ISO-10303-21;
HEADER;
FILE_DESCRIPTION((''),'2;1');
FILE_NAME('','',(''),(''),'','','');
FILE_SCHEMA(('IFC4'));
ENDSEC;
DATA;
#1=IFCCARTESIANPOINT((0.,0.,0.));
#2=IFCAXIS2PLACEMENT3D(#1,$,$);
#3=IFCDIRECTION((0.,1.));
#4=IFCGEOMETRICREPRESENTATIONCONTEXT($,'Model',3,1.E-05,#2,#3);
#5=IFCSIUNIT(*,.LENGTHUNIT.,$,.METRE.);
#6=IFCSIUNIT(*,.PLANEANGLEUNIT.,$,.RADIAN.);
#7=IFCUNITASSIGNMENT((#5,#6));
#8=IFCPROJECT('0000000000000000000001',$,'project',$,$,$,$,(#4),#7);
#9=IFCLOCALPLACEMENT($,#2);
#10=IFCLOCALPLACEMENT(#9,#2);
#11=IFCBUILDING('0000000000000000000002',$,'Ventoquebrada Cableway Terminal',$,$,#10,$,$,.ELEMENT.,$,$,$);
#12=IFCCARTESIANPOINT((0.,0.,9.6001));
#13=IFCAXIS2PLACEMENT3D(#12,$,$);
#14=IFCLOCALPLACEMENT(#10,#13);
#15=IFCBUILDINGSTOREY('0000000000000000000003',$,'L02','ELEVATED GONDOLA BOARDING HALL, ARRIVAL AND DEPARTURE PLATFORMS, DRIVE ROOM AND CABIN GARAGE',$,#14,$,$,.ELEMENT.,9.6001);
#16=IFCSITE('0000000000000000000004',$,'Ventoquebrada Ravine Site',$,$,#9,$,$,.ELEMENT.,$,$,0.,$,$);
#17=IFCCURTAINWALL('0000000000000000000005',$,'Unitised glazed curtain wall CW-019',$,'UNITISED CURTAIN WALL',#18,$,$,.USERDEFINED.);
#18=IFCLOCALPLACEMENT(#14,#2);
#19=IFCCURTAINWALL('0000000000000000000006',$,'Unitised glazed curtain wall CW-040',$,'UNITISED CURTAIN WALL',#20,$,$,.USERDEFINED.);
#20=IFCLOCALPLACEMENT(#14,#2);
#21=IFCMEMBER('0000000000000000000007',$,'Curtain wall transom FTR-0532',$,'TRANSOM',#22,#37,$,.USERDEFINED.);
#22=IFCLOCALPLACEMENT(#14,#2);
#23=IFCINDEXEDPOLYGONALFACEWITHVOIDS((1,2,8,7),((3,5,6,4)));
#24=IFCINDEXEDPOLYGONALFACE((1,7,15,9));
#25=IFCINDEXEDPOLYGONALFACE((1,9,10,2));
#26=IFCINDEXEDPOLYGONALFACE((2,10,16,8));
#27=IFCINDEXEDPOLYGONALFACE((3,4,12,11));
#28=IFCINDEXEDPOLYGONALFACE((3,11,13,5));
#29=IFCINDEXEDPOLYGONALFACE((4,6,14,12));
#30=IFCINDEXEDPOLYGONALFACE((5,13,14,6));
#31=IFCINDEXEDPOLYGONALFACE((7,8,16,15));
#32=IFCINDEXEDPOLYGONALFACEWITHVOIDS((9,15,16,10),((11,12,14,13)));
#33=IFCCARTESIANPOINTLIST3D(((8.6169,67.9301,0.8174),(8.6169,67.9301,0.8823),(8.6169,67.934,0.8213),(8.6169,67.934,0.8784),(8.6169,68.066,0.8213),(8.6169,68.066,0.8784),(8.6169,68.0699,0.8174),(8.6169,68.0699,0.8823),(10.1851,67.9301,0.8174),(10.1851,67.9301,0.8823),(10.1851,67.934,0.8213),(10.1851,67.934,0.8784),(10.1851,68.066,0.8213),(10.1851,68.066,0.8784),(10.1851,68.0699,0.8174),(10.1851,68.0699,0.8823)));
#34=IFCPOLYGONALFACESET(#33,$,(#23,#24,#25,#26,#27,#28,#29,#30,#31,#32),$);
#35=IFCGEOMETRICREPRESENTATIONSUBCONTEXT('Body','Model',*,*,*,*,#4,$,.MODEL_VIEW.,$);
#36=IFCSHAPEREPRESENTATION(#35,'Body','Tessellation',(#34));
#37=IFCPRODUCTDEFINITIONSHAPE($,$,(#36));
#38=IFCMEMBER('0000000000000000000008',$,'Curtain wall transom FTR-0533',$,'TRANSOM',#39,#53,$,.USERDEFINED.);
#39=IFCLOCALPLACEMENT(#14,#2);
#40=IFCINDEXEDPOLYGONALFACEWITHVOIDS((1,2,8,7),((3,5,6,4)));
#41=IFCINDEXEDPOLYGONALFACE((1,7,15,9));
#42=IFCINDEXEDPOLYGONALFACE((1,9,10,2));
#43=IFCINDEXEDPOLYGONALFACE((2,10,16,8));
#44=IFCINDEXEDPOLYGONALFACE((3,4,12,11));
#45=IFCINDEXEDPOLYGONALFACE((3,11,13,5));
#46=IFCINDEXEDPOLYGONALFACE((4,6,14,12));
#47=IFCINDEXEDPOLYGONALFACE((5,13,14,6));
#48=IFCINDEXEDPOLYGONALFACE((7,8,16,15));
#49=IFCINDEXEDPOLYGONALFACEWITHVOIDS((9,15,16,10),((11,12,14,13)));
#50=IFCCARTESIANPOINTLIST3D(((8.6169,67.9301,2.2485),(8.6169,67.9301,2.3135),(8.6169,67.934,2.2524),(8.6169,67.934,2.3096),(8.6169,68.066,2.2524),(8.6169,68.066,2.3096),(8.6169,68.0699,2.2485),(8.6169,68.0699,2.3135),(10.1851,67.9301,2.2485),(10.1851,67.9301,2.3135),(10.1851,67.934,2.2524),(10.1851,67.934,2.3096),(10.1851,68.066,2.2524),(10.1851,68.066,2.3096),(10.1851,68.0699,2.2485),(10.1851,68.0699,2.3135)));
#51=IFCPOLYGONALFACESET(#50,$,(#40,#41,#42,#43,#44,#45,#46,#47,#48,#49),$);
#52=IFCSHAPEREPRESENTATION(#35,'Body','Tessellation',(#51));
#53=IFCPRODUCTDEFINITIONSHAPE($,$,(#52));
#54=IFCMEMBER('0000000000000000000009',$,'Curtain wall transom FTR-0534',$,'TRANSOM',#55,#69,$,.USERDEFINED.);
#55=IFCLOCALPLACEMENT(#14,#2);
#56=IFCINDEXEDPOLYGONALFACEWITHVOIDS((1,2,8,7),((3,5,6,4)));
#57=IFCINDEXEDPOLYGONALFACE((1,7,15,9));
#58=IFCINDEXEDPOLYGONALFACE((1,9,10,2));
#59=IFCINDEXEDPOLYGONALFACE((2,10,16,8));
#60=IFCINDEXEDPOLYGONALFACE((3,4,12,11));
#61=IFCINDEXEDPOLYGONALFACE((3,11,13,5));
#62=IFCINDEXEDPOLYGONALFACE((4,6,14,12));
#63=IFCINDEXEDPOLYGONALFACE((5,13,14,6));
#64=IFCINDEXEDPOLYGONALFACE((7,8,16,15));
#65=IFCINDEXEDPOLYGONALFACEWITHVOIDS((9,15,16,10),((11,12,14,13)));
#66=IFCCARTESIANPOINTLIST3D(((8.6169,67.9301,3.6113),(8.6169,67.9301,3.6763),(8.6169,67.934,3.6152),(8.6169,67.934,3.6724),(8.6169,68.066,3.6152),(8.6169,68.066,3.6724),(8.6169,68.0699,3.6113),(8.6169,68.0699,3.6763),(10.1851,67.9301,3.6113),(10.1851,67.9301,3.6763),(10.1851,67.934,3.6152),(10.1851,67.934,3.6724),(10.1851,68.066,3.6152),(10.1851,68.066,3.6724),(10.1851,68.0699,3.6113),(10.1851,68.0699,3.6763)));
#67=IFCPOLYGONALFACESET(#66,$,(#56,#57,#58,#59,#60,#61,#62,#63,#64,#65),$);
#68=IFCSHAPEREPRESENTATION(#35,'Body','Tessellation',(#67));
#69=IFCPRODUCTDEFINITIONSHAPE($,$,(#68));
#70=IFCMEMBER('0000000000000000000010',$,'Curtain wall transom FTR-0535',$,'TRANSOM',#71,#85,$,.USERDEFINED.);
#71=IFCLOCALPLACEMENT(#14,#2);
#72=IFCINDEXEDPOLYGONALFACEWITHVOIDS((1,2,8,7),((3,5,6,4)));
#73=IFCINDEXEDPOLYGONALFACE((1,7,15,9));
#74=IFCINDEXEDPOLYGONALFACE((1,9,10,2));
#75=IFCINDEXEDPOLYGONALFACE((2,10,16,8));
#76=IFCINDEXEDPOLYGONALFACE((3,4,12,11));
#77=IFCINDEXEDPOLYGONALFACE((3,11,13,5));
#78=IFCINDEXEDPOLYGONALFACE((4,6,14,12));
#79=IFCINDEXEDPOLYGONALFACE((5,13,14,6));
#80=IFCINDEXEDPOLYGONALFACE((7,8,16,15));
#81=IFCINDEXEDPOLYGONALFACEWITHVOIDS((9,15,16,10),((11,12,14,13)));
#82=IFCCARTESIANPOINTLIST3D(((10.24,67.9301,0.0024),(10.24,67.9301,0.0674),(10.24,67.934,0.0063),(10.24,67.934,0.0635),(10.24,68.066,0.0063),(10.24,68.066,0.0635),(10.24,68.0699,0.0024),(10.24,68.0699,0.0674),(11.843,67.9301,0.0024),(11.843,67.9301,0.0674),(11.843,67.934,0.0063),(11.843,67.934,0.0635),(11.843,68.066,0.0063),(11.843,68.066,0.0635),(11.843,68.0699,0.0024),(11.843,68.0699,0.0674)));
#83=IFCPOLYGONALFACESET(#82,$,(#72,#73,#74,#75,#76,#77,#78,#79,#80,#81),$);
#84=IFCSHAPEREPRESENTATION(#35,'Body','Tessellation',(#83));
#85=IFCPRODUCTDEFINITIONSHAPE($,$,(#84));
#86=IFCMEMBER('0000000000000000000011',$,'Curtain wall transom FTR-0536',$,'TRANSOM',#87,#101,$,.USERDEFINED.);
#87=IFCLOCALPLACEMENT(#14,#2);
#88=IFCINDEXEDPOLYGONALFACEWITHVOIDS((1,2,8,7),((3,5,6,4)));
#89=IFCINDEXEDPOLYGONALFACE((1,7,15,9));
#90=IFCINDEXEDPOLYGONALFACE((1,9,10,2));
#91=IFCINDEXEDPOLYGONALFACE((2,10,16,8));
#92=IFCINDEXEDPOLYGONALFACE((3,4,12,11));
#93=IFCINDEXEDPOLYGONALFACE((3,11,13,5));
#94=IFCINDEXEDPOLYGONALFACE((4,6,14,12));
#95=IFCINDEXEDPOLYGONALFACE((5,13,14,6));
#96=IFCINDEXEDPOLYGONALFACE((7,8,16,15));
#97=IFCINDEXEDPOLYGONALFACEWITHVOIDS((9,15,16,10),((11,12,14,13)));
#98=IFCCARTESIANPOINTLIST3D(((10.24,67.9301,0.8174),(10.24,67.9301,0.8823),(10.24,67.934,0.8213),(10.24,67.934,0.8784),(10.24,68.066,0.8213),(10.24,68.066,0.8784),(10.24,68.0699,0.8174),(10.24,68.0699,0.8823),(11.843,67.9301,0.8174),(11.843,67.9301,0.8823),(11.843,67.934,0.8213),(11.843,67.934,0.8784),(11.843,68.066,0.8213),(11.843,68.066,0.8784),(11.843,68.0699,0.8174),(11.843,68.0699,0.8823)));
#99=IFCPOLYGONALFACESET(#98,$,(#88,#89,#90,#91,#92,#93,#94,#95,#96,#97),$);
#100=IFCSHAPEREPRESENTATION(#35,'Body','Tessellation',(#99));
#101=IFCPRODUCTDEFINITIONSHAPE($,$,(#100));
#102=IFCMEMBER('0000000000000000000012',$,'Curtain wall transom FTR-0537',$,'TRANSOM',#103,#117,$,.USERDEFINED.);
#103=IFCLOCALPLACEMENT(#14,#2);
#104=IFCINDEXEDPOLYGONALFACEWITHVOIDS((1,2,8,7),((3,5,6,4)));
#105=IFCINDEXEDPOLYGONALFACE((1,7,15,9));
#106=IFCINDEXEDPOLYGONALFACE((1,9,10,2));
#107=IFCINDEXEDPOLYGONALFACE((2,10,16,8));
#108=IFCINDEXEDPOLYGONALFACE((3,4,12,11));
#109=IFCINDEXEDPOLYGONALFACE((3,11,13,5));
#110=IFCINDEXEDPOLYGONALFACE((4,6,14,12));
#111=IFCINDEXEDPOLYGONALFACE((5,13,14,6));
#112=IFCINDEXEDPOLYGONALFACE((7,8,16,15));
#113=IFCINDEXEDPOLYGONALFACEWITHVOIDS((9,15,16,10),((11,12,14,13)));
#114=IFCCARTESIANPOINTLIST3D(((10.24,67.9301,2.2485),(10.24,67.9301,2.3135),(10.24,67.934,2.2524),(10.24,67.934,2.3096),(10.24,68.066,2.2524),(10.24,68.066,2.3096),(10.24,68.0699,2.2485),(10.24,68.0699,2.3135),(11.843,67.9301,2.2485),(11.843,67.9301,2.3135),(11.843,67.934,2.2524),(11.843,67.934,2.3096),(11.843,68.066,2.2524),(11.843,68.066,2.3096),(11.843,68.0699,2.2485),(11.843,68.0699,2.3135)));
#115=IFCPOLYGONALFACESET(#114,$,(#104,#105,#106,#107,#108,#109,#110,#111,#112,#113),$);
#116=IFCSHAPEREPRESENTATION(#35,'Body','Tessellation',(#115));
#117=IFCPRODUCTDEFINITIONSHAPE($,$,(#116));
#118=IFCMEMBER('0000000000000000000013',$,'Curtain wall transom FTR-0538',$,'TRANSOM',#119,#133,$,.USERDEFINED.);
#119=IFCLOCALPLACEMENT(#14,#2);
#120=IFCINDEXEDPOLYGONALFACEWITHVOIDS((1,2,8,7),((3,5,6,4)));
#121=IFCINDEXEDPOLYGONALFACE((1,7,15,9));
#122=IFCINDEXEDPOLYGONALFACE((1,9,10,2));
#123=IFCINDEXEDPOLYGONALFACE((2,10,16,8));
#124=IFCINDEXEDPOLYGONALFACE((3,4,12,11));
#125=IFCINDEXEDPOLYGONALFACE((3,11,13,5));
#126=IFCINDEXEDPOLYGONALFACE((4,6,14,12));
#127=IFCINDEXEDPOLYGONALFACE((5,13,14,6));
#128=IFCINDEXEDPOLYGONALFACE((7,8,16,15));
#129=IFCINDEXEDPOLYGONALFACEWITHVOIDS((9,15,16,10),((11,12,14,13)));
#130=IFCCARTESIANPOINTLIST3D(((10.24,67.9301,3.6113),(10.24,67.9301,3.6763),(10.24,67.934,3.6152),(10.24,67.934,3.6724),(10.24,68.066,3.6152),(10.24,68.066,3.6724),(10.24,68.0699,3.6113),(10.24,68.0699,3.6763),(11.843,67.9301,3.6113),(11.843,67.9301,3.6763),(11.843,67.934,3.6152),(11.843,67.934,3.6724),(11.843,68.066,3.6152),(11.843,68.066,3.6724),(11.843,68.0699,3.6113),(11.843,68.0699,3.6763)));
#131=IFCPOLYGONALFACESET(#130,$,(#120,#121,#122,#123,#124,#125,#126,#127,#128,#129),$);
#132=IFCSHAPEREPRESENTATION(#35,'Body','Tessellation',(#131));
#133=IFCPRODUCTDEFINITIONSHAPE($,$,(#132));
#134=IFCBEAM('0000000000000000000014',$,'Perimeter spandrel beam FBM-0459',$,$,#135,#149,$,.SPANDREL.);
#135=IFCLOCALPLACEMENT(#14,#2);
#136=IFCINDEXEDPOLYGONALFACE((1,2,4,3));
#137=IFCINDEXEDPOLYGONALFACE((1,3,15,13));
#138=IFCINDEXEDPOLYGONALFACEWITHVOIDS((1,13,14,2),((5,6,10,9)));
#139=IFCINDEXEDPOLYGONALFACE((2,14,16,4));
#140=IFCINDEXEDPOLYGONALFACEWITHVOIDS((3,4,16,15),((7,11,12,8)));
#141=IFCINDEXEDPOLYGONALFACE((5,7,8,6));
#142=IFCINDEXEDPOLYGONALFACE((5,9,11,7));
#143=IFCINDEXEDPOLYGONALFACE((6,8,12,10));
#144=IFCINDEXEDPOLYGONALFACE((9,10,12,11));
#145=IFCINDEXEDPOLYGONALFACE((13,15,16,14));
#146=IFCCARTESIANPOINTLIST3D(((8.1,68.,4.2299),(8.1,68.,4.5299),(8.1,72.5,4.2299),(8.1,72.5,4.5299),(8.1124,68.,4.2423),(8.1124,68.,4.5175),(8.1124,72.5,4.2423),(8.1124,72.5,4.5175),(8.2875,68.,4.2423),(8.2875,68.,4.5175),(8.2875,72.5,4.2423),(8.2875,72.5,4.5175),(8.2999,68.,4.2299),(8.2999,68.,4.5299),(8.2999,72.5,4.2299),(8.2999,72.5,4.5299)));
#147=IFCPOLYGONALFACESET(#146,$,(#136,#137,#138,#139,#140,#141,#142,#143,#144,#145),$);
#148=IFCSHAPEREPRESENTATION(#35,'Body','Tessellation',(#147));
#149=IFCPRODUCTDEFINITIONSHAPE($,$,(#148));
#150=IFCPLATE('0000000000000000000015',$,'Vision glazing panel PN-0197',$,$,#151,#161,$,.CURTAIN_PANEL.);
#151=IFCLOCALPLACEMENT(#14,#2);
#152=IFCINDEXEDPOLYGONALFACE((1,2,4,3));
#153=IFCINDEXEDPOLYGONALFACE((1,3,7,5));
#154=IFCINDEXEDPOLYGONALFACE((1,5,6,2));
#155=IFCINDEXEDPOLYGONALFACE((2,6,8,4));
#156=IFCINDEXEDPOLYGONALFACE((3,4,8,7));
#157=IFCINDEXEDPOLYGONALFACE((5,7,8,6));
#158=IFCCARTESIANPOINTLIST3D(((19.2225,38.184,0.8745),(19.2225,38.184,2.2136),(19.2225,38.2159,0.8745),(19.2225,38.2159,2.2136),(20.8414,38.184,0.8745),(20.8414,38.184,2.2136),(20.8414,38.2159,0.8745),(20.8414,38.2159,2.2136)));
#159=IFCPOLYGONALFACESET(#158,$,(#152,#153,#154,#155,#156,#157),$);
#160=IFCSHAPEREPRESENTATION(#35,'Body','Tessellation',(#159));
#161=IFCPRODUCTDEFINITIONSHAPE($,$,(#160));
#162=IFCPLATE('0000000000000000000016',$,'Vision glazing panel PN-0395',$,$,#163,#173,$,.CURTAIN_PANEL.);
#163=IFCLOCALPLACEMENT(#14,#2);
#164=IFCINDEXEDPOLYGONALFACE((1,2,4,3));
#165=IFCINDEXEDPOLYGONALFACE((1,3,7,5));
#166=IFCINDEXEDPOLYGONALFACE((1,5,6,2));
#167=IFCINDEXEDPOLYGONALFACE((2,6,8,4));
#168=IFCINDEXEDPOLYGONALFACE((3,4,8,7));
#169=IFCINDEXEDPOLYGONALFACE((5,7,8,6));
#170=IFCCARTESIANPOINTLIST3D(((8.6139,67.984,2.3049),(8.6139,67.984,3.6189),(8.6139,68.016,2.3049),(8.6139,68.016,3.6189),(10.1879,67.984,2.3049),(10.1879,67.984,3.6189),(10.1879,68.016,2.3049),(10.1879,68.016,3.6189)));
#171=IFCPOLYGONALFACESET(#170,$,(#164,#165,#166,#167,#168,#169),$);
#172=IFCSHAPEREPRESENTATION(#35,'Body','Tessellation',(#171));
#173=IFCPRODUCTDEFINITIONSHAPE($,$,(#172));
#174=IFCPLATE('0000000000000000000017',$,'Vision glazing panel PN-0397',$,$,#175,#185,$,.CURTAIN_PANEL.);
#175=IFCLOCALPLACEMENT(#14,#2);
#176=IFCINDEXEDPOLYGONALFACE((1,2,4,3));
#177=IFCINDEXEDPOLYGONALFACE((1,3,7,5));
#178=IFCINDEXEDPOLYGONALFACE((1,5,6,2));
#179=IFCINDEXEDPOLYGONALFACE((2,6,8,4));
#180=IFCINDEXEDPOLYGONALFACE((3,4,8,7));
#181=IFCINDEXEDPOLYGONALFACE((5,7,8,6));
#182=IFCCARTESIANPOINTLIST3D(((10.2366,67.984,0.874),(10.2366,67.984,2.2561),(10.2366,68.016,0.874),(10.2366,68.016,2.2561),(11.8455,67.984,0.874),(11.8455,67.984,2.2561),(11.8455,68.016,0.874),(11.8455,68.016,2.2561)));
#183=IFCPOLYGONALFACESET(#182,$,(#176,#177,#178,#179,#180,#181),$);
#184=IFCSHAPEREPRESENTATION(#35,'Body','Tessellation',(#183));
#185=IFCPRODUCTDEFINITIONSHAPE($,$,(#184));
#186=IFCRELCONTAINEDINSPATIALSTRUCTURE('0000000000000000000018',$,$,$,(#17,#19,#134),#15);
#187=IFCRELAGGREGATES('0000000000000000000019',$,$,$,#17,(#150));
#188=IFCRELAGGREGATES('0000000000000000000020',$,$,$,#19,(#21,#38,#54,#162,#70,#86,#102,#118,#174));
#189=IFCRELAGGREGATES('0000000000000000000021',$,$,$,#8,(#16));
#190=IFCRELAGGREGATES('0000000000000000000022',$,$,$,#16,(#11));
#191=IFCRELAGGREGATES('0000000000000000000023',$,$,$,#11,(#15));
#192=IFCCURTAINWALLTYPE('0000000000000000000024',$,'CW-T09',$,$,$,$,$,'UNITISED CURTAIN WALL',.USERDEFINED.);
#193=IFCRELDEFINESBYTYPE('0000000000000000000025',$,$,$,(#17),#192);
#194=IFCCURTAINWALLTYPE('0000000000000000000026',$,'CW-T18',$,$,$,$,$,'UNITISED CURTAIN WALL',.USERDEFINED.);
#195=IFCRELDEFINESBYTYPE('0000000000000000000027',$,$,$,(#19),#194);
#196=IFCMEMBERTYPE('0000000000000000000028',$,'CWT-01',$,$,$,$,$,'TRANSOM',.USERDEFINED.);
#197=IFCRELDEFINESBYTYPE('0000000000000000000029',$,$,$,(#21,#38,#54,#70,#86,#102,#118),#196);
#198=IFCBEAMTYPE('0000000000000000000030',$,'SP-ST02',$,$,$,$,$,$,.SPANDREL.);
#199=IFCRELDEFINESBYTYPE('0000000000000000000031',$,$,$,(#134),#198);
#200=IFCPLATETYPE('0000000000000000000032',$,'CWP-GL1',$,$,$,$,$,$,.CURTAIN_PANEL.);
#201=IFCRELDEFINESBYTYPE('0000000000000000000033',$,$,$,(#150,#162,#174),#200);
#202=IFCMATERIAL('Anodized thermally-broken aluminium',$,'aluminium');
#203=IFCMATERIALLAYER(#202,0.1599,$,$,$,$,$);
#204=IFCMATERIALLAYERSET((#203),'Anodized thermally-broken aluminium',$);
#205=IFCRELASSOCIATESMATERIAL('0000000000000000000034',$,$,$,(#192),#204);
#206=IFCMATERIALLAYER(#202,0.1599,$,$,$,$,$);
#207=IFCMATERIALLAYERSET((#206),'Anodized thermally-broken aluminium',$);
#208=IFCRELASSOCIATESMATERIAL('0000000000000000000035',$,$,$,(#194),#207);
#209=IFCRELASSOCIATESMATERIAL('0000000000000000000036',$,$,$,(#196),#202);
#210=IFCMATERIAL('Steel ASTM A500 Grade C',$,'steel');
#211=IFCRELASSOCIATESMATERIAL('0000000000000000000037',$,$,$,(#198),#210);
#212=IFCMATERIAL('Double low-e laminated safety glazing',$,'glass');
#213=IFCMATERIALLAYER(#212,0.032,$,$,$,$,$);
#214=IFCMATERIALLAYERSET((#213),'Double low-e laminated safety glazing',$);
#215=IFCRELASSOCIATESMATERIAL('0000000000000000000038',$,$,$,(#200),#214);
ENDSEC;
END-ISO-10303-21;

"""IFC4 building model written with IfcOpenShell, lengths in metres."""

from ifc_helpers import new_model, si_unit, direction, frame, origin, origin_2d, place, context, subcontext, project, spatial, rectangle, hollow_rectangle, extrude, material, layer, layer_set, material_profile, profile_set, type_object, element, aggregate, save


model = new_model("IFC4")

# Units and contexts
model_context = context("Model", 3, precision=1e-05, world=origin(), true_north=direction((0.0, 1.0)))
body_context = subcontext(model_context, "Body", "Model", "MODEL_VIEW")
ifc_project = project(units=[si_unit("LENGTHUNIT", "METRE"), si_unit("PLANEANGLEUNIT", "RADIAN")], contexts=[model_context])

# Site, building, storey
site_placement = place(None, origin())
site = spatial("IfcSite", under=ifc_project, at=site_placement, Name="Ventoquebrada Ravine Site", CompositionType="ELEMENT", RefElevation=0.0)
building_placement = place(site_placement, origin())
building = spatial("IfcBuilding", under=site, at=building_placement, Name="Ventoquebrada Cableway Terminal", CompositionType="ELEMENT")
storey_placement = place(building_placement, frame((0.0, 0.0, 9.6001)))
storey = spatial("IfcBuildingStorey", under=building, at=storey_placement, Name="L02", Description="ELEVATED GONDOLA BOARDING HALL, ARRIVAL AND DEPARTURE PLATFORMS, DRIVE ROOM AND CABIN GARAGE", CompositionType="ELEMENT", Elevation=9.6001)

# Curtain wall
ifc_material_1 = material(Name="Anodized thermally-broken aluminium", Category="aluminium")
ifc_layer_1 = layer(ifc_material_1, 0.1599)
ifc_layer_set_1 = layer_set([ifc_layer_1], Name="Anodized thermally-broken aluminium")
curtain_wall_type_1 = type_object("IfcCurtainWallType", Name="CW-T09", ElementType="UNITISED CURTAIN WALL", PredefinedType="USERDEFINED", material=ifc_layer_set_1)
curtain_wall_1_placement = place(storey_placement, origin())
curtain_wall_1 = element("IfcCurtainWall", 1, at=curtain_wall_1_placement, inside=storey, type_object=curtain_wall_type_1, Name="Unitised glazed curtain wall CW-019", ObjectType="UNITISED CURTAIN WALL", PredefinedType="USERDEFINED")

# Curtain wall
ifc_layer_2 = layer(ifc_material_1, 0.1599)
ifc_layer_set_2 = layer_set([ifc_layer_2], Name="Anodized thermally-broken aluminium")
curtain_wall_type_2 = type_object("IfcCurtainWallType", Name="CW-T18", ElementType="UNITISED CURTAIN WALL", PredefinedType="USERDEFINED", material=ifc_layer_set_2)
curtain_wall_2_placement = place(storey_placement, origin())
curtain_wall_2 = element("IfcCurtainWall", 2, at=curtain_wall_2_placement, inside=storey, type_object=curtain_wall_type_2, Name="Unitised glazed curtain wall CW-040", ObjectType="UNITISED CURTAIN WALL", PredefinedType="USERDEFINED")

# Members
ifc_material_profile_1 = material_profile(ifc_material_1, hollow_rectangle(XDim=0.0649, YDim=0.1399, WallThickness=0.0039, at=origin_2d()), Name="CW-TRN-65X140")
ifc_profile_set_1 = profile_set([ifc_material_profile_1], Name="Anodized thermally-broken aluminium")
member_type_1 = type_object("IfcMemberType", Name="CWT-01", ElementType="TRANSOM", PredefinedType="USERDEFINED", material=ifc_profile_set_1)
member_1_placement = place(storey_placement, frame((8.6169, 68.0, 0.8499), z_axis=(1.0, 0.0, 0.0), x_axis=(0.0, 0.0, 1.0)))
member_1 = element("IfcMember", 3, at=member_1_placement, type_object=member_type_1, Name="Curtain wall transom FTR-0532", ObjectType="TRANSOM", PredefinedType="USERDEFINED", context=body_context, shape_type="SweptSolid", body=[
    extrude(hollow_rectangle(XDim=0.0649, YDim=0.1399, WallThickness=0.0039, at=origin_2d()), origin(), (0.0, 0.0, 1.0), 1.5681),
])
member_2_placement = place(storey_placement, frame((8.6169, 68.0, 2.281), z_axis=(1.0, 0.0, 0.0), x_axis=(0.0, 0.0, 1.0)))
member_2 = element("IfcMember", 4, at=member_2_placement, type_object=member_type_1, Name="Curtain wall transom FTR-0533", ObjectType="TRANSOM", PredefinedType="USERDEFINED", context=body_context, shape_type="SweptSolid", body=[
    extrude(hollow_rectangle(XDim=0.0649, YDim=0.1399, WallThickness=0.0039, at=origin_2d()), origin(), (0.0, 0.0, 1.0), 1.5681),
])
member_3_placement = place(storey_placement, frame((8.6169, 68.0, 3.6438), z_axis=(1.0, 0.0, 0.0), x_axis=(0.0, 0.0, 1.0)))
member_3 = element("IfcMember", 5, at=member_3_placement, type_object=member_type_1, Name="Curtain wall transom FTR-0534", ObjectType="TRANSOM", PredefinedType="USERDEFINED", context=body_context, shape_type="SweptSolid", body=[
    extrude(hollow_rectangle(XDim=0.0649, YDim=0.1399, WallThickness=0.0039, at=origin_2d()), origin(), (0.0, 0.0, 1.0), 1.5681),
])
member_4_placement = place(storey_placement, frame((10.24, 68.0, 0.0349), z_axis=(1.0, 0.0, 0.0), x_axis=(0.0, 0.0, 1.0)))
member_4 = element("IfcMember", 6, at=member_4_placement, type_object=member_type_1, Name="Curtain wall transom FTR-0535", ObjectType="TRANSOM", PredefinedType="USERDEFINED", context=body_context, shape_type="SweptSolid", body=[
    extrude(hollow_rectangle(XDim=0.0649, YDim=0.1399, WallThickness=0.0039, at=origin_2d()), origin(), (0.0, 0.0, 1.0), 1.603),
])
member_5_placement = place(storey_placement, frame((10.24, 68.0, 0.8499), z_axis=(1.0, 0.0, 0.0), x_axis=(0.0, 0.0, 1.0)))
member_5 = element("IfcMember", 7, at=member_5_placement, type_object=member_type_1, Name="Curtain wall transom FTR-0536", ObjectType="TRANSOM", PredefinedType="USERDEFINED", context=body_context, shape_type="SweptSolid", body=[
    extrude(hollow_rectangle(XDim=0.0649, YDim=0.1399, WallThickness=0.0039, at=origin_2d()), origin(), (0.0, 0.0, 1.0), 1.603),
])
member_6_placement = place(storey_placement, frame((10.24, 68.0, 2.281), z_axis=(1.0, 0.0, 0.0), x_axis=(0.0, 0.0, 1.0)))
member_6 = element("IfcMember", 8, at=member_6_placement, type_object=member_type_1, Name="Curtain wall transom FTR-0537", ObjectType="TRANSOM", PredefinedType="USERDEFINED", context=body_context, shape_type="SweptSolid", body=[
    extrude(hollow_rectangle(XDim=0.0649, YDim=0.1399, WallThickness=0.0039, at=origin_2d()), origin(), (0.0, 0.0, 1.0), 1.603),
])
member_7_placement = place(storey_placement, frame((10.24, 68.0, 3.6438), z_axis=(1.0, 0.0, 0.0), x_axis=(0.0, 0.0, 1.0)))
member_7 = element("IfcMember", 9, at=member_7_placement, type_object=member_type_1, Name="Curtain wall transom FTR-0538", ObjectType="TRANSOM", PredefinedType="USERDEFINED", context=body_context, shape_type="SweptSolid", body=[
    extrude(hollow_rectangle(XDim=0.0649, YDim=0.1399, WallThickness=0.0039, at=origin_2d()), origin(), (0.0, 0.0, 1.0), 1.603),
])

# Beam
ifc_material_2 = material(Name="Steel ASTM A500 Grade C", Category="steel")
ifc_material_profile_2 = material_profile(ifc_material_2, hollow_rectangle(XDim=0.2, YDim=0.3, WallThickness=0.0125, at=origin_2d()), Name="RHS300X200X12.5")
ifc_profile_set_2 = profile_set([ifc_material_profile_2], Name="Steel ASTM A500 Grade C")
beam_type_1 = type_object("IfcBeamType", Name="SP-ST02", PredefinedType="SPANDREL", material=ifc_profile_set_2)
beam_1_placement = place(storey_placement, frame((8.2, 68.0, 4.3799), z_axis=(0.0, 1.0, 0.0), x_axis=(-1.0, 0.0, 0.0)))
element("IfcBeam", 10, at=beam_1_placement, inside=storey, type_object=beam_type_1, Name="Perimeter spandrel beam FBM-0459", PredefinedType="SPANDREL", context=body_context, shape_type="SweptSolid", body=[
    extrude(hollow_rectangle(XDim=0.2, YDim=0.3, WallThickness=0.0125, at=origin_2d()), origin(), (0.0, 0.0, 1.0), 4.5),
])

# Plates
ifc_material_3 = material(Name="Double low-e laminated safety glazing", Category="glass")
ifc_layer_3 = layer(ifc_material_3, 0.032)
ifc_layer_set_3 = layer_set([ifc_layer_3], Name="Double low-e laminated safety glazing")
plate_type_1 = type_object("IfcPlateType", Name="CWP-GL1", PredefinedType="CURTAIN_PANEL", material=ifc_layer_set_3)
plate_1_placement = place(storey_placement, frame((20.032, 38.2, 0.8745), z_axis=(0.0, 0.0, 1.0), x_axis=(-1.0, 0.0, 0.0)))
plate_1 = element("IfcPlate", 11, at=plate_1_placement, type_object=plate_type_1, Name="Vision glazing panel PN-0197", PredefinedType="CURTAIN_PANEL", context=body_context, shape_type="SweptSolid", body=[
    extrude(rectangle(XDim=1.6189, YDim=0.032, at=origin_2d()), origin(), (0.0, 0.0, 1.0), 1.3391),
])
plate_2_placement = place(storey_placement, frame((9.4009, 68.0, 2.3049), z_axis=(0.0, 0.0, 1.0), x_axis=(1.0, 0.0, 0.0)))
plate_2 = element("IfcPlate", 12, at=plate_2_placement, type_object=plate_type_1, Name="Vision glazing panel PN-0395", PredefinedType="CURTAIN_PANEL", context=body_context, shape_type="SweptSolid", body=[
    extrude(rectangle(XDim=1.574, YDim=0.032, at=origin_2d()), origin(), (0.0, 0.0, 1.0), 1.314),
])
plate_3_placement = place(storey_placement, frame((11.041, 68.0, 0.874), z_axis=(0.0, 0.0, 1.0), x_axis=(1.0, 0.0, 0.0)))
plate_3 = element("IfcPlate", 13, at=plate_3_placement, type_object=plate_type_1, Name="Vision glazing panel PN-0397", PredefinedType="CURTAIN_PANEL", context=body_context, shape_type="SweptSolid", body=[
    extrude(rectangle(XDim=1.6089, YDim=0.032, at=origin_2d()), origin(), (0.0, 0.0, 1.0), 1.3821),
])
aggregate(curtain_wall_1, [plate_1])
aggregate(curtain_wall_2, [member_1, member_2, member_3, plate_2, member_4, member_5, member_6, member_7, plate_3])

save(model, "model.ifc")
